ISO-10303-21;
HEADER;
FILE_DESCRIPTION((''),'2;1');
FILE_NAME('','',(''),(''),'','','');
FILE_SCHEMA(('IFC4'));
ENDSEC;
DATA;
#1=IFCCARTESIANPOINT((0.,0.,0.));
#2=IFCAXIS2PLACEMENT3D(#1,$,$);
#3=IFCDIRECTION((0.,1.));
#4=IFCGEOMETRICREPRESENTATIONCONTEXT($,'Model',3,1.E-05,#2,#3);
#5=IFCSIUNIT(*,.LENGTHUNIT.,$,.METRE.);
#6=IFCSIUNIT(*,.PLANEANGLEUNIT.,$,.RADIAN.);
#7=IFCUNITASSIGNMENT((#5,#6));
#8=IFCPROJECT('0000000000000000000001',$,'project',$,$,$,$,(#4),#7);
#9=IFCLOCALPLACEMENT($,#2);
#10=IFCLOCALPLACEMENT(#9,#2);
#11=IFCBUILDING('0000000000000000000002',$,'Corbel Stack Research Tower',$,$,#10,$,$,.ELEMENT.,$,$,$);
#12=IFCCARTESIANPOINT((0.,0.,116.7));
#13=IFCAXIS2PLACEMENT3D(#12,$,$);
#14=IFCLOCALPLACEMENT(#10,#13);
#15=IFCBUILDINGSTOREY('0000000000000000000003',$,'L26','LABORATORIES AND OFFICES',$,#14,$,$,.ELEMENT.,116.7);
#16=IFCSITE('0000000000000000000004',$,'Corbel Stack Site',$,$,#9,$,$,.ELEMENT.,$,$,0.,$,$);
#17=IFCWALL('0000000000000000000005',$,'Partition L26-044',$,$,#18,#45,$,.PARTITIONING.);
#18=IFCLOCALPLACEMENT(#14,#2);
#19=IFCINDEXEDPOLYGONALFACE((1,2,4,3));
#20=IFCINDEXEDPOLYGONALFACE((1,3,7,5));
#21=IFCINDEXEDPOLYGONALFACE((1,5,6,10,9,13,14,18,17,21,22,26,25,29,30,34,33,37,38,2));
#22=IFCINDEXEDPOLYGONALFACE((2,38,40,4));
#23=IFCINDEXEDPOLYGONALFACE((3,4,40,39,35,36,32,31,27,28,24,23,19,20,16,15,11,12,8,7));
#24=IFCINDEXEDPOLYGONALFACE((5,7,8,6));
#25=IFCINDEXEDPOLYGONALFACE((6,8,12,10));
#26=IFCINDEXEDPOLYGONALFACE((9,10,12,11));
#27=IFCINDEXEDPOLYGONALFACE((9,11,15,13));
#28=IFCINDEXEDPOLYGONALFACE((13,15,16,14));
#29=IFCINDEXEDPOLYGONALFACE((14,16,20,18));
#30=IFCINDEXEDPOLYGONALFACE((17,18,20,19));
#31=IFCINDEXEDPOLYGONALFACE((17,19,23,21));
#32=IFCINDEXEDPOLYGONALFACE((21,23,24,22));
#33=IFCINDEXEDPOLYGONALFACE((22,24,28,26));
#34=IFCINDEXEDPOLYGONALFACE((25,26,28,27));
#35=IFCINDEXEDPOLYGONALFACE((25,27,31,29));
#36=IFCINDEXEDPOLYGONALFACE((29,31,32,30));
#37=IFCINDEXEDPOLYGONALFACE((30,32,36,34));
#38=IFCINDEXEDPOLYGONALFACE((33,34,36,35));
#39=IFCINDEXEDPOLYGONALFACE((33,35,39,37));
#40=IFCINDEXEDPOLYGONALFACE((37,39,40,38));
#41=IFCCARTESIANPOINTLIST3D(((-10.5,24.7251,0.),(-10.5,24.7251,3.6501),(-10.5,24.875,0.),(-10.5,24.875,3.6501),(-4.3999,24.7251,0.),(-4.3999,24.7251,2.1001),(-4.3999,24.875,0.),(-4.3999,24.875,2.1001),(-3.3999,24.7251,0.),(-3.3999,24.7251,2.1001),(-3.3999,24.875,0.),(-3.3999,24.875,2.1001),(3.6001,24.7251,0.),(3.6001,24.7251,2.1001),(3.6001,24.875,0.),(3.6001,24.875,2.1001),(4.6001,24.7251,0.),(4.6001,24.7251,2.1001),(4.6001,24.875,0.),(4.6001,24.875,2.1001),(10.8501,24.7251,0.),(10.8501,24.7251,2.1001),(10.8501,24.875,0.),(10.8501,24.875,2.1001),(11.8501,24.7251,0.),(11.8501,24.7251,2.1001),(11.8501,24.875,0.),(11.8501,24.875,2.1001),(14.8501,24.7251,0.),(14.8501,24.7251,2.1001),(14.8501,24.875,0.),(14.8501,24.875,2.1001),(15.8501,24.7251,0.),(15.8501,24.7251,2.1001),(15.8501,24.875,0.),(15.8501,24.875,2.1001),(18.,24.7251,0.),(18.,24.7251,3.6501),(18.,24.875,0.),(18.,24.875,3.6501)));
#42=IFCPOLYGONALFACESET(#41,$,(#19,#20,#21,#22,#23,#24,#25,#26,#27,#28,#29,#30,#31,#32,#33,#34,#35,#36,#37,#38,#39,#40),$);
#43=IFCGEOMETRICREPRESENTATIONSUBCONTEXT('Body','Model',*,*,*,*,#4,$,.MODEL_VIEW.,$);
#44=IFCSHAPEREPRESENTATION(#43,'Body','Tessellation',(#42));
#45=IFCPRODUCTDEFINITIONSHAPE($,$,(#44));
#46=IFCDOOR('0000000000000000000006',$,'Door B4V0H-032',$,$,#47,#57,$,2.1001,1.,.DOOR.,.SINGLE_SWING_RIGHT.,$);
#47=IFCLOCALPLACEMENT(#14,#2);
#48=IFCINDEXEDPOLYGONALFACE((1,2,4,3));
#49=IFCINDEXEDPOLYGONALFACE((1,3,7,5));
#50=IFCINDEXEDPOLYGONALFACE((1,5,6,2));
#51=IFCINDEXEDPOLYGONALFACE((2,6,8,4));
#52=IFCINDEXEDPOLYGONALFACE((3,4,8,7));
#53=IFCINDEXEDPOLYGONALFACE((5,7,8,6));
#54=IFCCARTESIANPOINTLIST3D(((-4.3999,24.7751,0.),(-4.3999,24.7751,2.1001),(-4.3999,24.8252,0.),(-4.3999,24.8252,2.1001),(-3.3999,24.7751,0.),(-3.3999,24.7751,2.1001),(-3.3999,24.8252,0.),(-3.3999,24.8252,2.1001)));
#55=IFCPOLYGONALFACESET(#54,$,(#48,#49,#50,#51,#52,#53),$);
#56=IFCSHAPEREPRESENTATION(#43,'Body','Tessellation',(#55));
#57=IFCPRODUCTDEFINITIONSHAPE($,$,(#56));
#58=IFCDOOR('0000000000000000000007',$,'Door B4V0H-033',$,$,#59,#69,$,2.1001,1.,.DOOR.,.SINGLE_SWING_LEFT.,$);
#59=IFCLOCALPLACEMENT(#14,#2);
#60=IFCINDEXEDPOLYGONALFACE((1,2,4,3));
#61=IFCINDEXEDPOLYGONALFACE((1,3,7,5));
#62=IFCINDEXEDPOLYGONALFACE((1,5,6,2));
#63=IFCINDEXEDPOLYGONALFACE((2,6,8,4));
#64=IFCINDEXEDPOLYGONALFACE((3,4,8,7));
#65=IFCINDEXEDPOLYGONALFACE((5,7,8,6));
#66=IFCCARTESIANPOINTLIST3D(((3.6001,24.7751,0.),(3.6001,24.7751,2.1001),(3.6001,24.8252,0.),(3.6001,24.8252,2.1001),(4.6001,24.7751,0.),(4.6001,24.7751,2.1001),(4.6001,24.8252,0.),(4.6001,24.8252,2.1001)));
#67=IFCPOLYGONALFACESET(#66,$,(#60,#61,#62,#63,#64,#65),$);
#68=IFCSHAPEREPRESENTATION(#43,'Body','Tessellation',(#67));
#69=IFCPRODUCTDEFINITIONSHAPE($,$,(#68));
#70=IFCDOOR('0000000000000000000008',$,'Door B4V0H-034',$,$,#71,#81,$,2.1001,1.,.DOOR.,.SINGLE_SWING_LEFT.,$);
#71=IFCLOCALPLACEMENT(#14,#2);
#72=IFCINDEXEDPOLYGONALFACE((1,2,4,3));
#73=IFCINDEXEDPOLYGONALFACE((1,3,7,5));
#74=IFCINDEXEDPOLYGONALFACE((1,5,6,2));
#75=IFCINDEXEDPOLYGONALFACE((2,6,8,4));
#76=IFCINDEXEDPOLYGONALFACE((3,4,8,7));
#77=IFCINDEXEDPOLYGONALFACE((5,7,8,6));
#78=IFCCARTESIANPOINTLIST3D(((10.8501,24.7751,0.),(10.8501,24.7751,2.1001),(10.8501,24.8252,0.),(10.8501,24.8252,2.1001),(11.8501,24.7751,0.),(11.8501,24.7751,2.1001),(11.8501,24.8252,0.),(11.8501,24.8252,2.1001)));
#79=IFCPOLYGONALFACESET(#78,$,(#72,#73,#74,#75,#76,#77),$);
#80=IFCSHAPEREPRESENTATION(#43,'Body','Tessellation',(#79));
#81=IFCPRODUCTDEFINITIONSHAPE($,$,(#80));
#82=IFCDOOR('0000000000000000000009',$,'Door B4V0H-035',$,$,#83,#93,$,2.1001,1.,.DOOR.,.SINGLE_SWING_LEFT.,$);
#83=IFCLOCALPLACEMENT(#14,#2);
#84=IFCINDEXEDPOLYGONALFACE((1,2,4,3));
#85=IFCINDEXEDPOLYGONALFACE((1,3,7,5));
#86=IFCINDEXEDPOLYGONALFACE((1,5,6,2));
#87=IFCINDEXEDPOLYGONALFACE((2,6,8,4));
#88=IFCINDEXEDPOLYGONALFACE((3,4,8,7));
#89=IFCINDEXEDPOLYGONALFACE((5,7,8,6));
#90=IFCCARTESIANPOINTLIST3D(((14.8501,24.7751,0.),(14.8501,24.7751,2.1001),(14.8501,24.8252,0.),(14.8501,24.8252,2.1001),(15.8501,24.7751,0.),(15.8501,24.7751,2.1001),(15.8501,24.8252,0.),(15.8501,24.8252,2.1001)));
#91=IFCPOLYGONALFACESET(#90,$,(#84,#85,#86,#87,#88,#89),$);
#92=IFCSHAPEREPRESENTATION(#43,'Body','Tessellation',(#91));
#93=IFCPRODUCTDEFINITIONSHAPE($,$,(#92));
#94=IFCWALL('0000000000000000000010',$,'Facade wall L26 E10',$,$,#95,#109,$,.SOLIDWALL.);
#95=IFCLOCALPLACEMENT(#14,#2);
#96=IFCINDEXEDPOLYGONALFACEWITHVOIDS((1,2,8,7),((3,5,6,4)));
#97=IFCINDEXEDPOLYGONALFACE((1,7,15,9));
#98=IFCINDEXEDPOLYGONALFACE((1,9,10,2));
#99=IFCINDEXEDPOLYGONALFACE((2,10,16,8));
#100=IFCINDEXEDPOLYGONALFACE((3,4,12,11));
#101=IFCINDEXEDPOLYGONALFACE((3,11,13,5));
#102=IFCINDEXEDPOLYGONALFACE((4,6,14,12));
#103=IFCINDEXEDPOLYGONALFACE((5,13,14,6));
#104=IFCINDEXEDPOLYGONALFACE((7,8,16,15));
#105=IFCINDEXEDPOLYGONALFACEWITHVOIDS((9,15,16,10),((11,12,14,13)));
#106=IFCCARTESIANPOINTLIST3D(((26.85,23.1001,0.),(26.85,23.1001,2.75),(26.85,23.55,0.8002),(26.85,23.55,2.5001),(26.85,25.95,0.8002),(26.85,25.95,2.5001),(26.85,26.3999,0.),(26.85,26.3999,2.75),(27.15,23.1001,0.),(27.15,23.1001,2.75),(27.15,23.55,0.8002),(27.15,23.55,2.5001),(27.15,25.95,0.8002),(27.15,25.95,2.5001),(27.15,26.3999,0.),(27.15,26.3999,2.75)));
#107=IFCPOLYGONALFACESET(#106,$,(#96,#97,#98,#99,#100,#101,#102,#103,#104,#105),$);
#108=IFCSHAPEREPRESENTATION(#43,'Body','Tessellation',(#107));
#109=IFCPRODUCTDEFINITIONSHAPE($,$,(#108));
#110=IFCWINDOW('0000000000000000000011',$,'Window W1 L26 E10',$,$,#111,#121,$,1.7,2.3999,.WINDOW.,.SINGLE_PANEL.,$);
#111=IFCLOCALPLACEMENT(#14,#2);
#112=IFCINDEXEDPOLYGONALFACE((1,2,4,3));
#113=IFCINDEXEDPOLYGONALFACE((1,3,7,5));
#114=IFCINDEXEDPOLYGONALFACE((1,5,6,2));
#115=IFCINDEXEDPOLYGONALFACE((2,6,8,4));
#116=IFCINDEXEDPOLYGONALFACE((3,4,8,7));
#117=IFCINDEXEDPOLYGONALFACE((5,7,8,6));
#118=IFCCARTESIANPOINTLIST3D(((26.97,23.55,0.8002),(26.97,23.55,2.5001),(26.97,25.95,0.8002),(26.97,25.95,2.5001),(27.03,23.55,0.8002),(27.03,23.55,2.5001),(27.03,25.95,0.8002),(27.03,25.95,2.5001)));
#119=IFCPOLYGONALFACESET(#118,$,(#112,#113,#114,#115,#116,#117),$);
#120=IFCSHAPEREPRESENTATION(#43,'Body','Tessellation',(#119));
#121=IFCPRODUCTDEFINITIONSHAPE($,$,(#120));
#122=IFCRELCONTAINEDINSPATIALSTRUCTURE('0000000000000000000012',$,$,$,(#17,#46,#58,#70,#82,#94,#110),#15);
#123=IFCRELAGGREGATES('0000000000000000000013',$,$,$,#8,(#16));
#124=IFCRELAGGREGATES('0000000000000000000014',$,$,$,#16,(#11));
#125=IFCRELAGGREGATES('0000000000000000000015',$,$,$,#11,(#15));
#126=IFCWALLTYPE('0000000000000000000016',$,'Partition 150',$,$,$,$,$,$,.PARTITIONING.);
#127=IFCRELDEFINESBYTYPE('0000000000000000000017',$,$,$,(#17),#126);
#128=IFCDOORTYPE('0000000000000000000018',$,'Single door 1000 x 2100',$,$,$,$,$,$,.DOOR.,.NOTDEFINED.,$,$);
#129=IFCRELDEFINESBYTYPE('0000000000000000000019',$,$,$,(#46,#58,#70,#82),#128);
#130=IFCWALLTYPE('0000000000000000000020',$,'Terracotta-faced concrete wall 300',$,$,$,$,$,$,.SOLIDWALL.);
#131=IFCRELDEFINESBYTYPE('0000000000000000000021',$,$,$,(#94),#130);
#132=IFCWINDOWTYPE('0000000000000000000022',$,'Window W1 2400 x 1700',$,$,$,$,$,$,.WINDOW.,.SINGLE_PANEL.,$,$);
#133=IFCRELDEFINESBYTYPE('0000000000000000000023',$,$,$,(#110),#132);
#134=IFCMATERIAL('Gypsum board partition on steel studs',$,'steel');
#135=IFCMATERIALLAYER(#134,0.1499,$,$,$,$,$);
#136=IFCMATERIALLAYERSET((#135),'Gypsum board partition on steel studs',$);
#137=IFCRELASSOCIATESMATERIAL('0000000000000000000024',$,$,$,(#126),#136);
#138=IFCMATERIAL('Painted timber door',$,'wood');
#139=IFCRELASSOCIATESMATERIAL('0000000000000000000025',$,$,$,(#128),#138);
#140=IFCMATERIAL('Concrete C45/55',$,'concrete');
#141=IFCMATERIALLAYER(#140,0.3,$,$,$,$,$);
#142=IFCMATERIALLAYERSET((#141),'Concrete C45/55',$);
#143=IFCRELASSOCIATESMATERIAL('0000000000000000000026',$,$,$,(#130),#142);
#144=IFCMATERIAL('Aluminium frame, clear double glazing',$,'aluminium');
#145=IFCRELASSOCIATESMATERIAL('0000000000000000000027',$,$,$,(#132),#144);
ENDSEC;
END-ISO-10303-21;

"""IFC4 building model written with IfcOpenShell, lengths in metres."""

from ifc_helpers import new_model, si_unit, direction, frame, frame_2d, origin, place, context, subcontext, project, spatial, rectangle, extrude, material, layer, layer_set, type_object, element, fill, save


model = new_model("IFC4")

# Units and contexts
model_context = context("Model", 3, precision=1e-05, world=origin(), true_north=direction((0.0, 1.0)))
body_context = subcontext(model_context, "Body", "Model", "MODEL_VIEW")
ifc_project = project(units=[si_unit("LENGTHUNIT", "METRE"), si_unit("PLANEANGLEUNIT", "RADIAN")], contexts=[model_context])

# Site, building, storey
site_placement = place(None, origin())
site = spatial("IfcSite", under=ifc_project, at=site_placement, Name="Corbel Stack Site", CompositionType="ELEMENT", RefElevation=0.0)
building_placement = place(site_placement, origin())
building = spatial("IfcBuilding", under=site, at=building_placement, Name="Corbel Stack Research Tower", CompositionType="ELEMENT")
storey_placement = place(building_placement, frame((0.0, 0.0, 116.7)))
storey = spatial("IfcBuildingStorey", under=building, at=storey_placement, Name="L26", Description="LABORATORIES AND OFFICES", CompositionType="ELEMENT", Elevation=116.7)

# Wall, openings, doors
ifc_material_1 = material(Name="Gypsum board partition on steel studs", Category="steel")
ifc_layer_1 = layer(ifc_material_1, 0.1499)
ifc_layer_set_1 = layer_set([ifc_layer_1], Name="Gypsum board partition on steel studs")
wall_type_1 = type_object("IfcWallType", Name="Partition 150", PredefinedType="PARTITIONING", material=ifc_layer_set_1)
wall_1_placement = place(storey_placement, frame((18.0, 24.8, 0.0), z_axis=(0.0, 0.0, 1.0), x_axis=(-1.0, 0.0, 0.0)))
wall_1 = element("IfcWall", 1, at=wall_1_placement, inside=storey, type_object=wall_type_1, Name="Partition L26-044", PredefinedType="PARTITIONING", context=body_context, shape_type="SweptSolid", body=[
    extrude(rectangle(XDim=28.5, YDim=0.1499, at=frame_2d((14.25, 0.0))), origin(), (0.0, 0.0, 1.0), 3.6501),
])
opening_1_placement = place(wall_1_placement, frame((21.3999, 0.0, 0.0)))
opening_1 = element("IfcOpeningElement", 2, at=opening_1_placement, cuts=wall_1, PredefinedType="OPENING", context=body_context, shape_type="SweptSolid", body=[
    extrude(rectangle(XDim=1.0, YDim=2.1001, at=frame_2d((0.5, 1.05))), frame((0.0, 0.085, 0.0), z_axis=(0.0, -1.0, 0.0), x_axis=(1.0, 0.0, 0.0)), (0.0, 0.0, 1.0), 0.1699),
])
opening_2_placement = place(wall_1_placement, frame((13.3999, 0.0, 0.0)))
opening_2 = element("IfcOpeningElement", 3, at=opening_2_placement, cuts=wall_1, PredefinedType="OPENING", context=body_context, shape_type="SweptSolid", body=[
    extrude(rectangle(XDim=1.0, YDim=2.1001, at=frame_2d((0.5, 1.05))), frame((0.0, 0.085, 0.0), z_axis=(0.0, -1.0, 0.0), x_axis=(1.0, 0.0, 0.0)), (0.0, 0.0, 1.0), 0.1699),
])
opening_3_placement = place(wall_1_placement, frame((6.1499, 0.0, 0.0)))
opening_3 = element("IfcOpeningElement", 4, at=opening_3_placement, cuts=wall_1, PredefinedType="OPENING", context=body_context, shape_type="SweptSolid", body=[
    extrude(rectangle(XDim=1.0, YDim=2.1001, at=frame_2d((0.5, 1.05))), frame((0.0, 0.085, 0.0), z_axis=(0.0, -1.0, 0.0), x_axis=(1.0, 0.0, 0.0)), (0.0, 0.0, 1.0), 0.1699),
])
opening_4_placement = place(wall_1_placement, frame((2.1499, 0.0, 0.0)))
opening_4 = element("IfcOpeningElement", 5, at=opening_4_placement, cuts=wall_1, PredefinedType="OPENING", context=body_context, shape_type="SweptSolid", body=[
    extrude(rectangle(XDim=1.0, YDim=2.1001, at=frame_2d((0.5, 1.05))), frame((0.0, 0.085, 0.0), z_axis=(0.0, -1.0, 0.0), x_axis=(1.0, 0.0, 0.0)), (0.0, 0.0, 1.0), 0.1699),
])
ifc_material_2 = material(Name="Painted timber door", Category="wood")
door_type_1 = type_object("IfcDoorType", Name="Single door 1000 x 2100", OperationType="NOTDEFINED", PredefinedType="DOOR", material=ifc_material_2)
door_1_placement = place(opening_1_placement, origin())
door_1 = element("IfcDoor", 6, at=door_1_placement, inside=storey, type_object=door_type_1, Name="Door B4V0H-032", OperationType="SINGLE_SWING_RIGHT", OverallHeight=2.1001, OverallWidth=1.0, PredefinedType="DOOR", context=body_context, shape_type="SweptSolid", body=[
    extrude(rectangle(XDim=1.0, YDim=2.1001, at=frame_2d((0.5, 1.05))), frame((0.0, 0.0249, 0.0), z_axis=(0.0, -1.0, 0.0), x_axis=(1.0, 0.0, 0.0)), (0.0, 0.0, 1.0), 0.05),
])
fill(opening_1, door_1)
door_2_placement = place(opening_2_placement, origin())
door_2 = element("IfcDoor", 7, at=door_2_placement, inside=storey, type_object=door_type_1, Name="Door B4V0H-033", OperationType="SINGLE_SWING_LEFT", OverallHeight=2.1001, OverallWidth=1.0, PredefinedType="DOOR", context=body_context, shape_type="SweptSolid", body=[
    extrude(rectangle(XDim=1.0, YDim=2.1001, at=frame_2d((0.5, 1.05))), frame((0.0, 0.0249, 0.0), z_axis=(0.0, -1.0, 0.0), x_axis=(1.0, 0.0, 0.0)), (0.0, 0.0, 1.0), 0.05),
])
fill(opening_2, door_2)
door_3_placement = place(opening_3_placement, origin())
door_3 = element("IfcDoor", 8, at=door_3_placement, inside=storey, type_object=door_type_1, Name="Door B4V0H-034", OperationType="SINGLE_SWING_LEFT", OverallHeight=2.1001, OverallWidth=1.0, PredefinedType="DOOR", context=body_context, shape_type="SweptSolid", body=[
    extrude(rectangle(XDim=1.0, YDim=2.1001, at=frame_2d((0.5, 1.05))), frame((0.0, 0.0249, 0.0), z_axis=(0.0, -1.0, 0.0), x_axis=(1.0, 0.0, 0.0)), (0.0, 0.0, 1.0), 0.05),
])
fill(opening_3, door_3)
door_4_placement = place(opening_4_placement, origin())
door_4 = element("IfcDoor", 9, at=door_4_placement, inside=storey, type_object=door_type_1, Name="Door B4V0H-035", OperationType="SINGLE_SWING_LEFT", OverallHeight=2.1001, OverallWidth=1.0, PredefinedType="DOOR", context=body_context, shape_type="SweptSolid", body=[
    extrude(rectangle(XDim=1.0, YDim=2.1001, at=frame_2d((0.5, 1.05))), frame((0.0, 0.0249, 0.0), z_axis=(0.0, -1.0, 0.0), x_axis=(1.0, 0.0, 0.0)), (0.0, 0.0, 1.0), 0.05),
])
fill(opening_4, door_4)

# Wall, opening, window
ifc_material_3 = material(Name="Concrete C45/55", Category="concrete")
ifc_layer_2 = layer(ifc_material_3, 0.3)
ifc_layer_set_2 = layer_set([ifc_layer_2], Name="Concrete C45/55")
wall_type_2 = type_object("IfcWallType", Name="Terracotta-faced concrete wall 300", PredefinedType="SOLIDWALL", material=ifc_layer_set_2)
wall_2_placement = place(storey_placement, frame((27.0, 26.3999, 0.0), z_axis=(0.0, 0.0, 1.0), x_axis=(0.0, -1.0, 0.0)))
wall_2 = element("IfcWall", 10, at=wall_2_placement, inside=storey, type_object=wall_type_2, Name="Facade wall L26 E10", PredefinedType="SOLIDWALL", context=body_context, shape_type="SweptSolid", body=[
    extrude(rectangle(XDim=3.2998, YDim=0.3, at=frame_2d((1.6499, 0.0))), origin(), (0.0, 0.0, 1.0), 2.75),
])
opening_5_placement = place(wall_2_placement, frame((0.45, 0.0, 0.8)))
opening_5 = element("IfcOpeningElement", 11, at=opening_5_placement, cuts=wall_2, PredefinedType="OPENING", context=body_context, shape_type="SweptSolid", body=[
    extrude(rectangle(XDim=2.3999, YDim=1.7, at=frame_2d((1.2, 0.8501))), frame((0.0, 0.1599, 0.0), z_axis=(0.0, -1.0, 0.0), x_axis=(1.0, 0.0, 0.0)), (0.0, 0.0, 1.0), 0.3201),
])
ifc_material_4 = material(Name="Aluminium frame, clear double glazing", Category="aluminium")
window_type = type_object("IfcWindowType", Name="Window W1 2400 x 1700", PartitioningType="SINGLE_PANEL", PredefinedType="WINDOW", material=ifc_material_4)
window_placement = place(opening_5_placement, origin())
window = element("IfcWindow", 12, at=window_placement, inside=storey, type_object=window_type, Name="Window W1 L26 E10", OverallHeight=1.7, OverallWidth=2.3999, PartitioningType="SINGLE_PANEL", PredefinedType="WINDOW", context=body_context, shape_type="SweptSolid", body=[
    extrude(rectangle(XDim=2.3999, YDim=1.7, at=frame_2d((1.2, 0.8501))), frame((0.0, 0.03, 0.0), z_axis=(0.0, -1.0, 0.0), x_axis=(1.0, 0.0, 0.0)), (0.0, 0.0, 1.0), 0.0601),
])
fill(opening_5, window)

save(model, "model.ifc")
